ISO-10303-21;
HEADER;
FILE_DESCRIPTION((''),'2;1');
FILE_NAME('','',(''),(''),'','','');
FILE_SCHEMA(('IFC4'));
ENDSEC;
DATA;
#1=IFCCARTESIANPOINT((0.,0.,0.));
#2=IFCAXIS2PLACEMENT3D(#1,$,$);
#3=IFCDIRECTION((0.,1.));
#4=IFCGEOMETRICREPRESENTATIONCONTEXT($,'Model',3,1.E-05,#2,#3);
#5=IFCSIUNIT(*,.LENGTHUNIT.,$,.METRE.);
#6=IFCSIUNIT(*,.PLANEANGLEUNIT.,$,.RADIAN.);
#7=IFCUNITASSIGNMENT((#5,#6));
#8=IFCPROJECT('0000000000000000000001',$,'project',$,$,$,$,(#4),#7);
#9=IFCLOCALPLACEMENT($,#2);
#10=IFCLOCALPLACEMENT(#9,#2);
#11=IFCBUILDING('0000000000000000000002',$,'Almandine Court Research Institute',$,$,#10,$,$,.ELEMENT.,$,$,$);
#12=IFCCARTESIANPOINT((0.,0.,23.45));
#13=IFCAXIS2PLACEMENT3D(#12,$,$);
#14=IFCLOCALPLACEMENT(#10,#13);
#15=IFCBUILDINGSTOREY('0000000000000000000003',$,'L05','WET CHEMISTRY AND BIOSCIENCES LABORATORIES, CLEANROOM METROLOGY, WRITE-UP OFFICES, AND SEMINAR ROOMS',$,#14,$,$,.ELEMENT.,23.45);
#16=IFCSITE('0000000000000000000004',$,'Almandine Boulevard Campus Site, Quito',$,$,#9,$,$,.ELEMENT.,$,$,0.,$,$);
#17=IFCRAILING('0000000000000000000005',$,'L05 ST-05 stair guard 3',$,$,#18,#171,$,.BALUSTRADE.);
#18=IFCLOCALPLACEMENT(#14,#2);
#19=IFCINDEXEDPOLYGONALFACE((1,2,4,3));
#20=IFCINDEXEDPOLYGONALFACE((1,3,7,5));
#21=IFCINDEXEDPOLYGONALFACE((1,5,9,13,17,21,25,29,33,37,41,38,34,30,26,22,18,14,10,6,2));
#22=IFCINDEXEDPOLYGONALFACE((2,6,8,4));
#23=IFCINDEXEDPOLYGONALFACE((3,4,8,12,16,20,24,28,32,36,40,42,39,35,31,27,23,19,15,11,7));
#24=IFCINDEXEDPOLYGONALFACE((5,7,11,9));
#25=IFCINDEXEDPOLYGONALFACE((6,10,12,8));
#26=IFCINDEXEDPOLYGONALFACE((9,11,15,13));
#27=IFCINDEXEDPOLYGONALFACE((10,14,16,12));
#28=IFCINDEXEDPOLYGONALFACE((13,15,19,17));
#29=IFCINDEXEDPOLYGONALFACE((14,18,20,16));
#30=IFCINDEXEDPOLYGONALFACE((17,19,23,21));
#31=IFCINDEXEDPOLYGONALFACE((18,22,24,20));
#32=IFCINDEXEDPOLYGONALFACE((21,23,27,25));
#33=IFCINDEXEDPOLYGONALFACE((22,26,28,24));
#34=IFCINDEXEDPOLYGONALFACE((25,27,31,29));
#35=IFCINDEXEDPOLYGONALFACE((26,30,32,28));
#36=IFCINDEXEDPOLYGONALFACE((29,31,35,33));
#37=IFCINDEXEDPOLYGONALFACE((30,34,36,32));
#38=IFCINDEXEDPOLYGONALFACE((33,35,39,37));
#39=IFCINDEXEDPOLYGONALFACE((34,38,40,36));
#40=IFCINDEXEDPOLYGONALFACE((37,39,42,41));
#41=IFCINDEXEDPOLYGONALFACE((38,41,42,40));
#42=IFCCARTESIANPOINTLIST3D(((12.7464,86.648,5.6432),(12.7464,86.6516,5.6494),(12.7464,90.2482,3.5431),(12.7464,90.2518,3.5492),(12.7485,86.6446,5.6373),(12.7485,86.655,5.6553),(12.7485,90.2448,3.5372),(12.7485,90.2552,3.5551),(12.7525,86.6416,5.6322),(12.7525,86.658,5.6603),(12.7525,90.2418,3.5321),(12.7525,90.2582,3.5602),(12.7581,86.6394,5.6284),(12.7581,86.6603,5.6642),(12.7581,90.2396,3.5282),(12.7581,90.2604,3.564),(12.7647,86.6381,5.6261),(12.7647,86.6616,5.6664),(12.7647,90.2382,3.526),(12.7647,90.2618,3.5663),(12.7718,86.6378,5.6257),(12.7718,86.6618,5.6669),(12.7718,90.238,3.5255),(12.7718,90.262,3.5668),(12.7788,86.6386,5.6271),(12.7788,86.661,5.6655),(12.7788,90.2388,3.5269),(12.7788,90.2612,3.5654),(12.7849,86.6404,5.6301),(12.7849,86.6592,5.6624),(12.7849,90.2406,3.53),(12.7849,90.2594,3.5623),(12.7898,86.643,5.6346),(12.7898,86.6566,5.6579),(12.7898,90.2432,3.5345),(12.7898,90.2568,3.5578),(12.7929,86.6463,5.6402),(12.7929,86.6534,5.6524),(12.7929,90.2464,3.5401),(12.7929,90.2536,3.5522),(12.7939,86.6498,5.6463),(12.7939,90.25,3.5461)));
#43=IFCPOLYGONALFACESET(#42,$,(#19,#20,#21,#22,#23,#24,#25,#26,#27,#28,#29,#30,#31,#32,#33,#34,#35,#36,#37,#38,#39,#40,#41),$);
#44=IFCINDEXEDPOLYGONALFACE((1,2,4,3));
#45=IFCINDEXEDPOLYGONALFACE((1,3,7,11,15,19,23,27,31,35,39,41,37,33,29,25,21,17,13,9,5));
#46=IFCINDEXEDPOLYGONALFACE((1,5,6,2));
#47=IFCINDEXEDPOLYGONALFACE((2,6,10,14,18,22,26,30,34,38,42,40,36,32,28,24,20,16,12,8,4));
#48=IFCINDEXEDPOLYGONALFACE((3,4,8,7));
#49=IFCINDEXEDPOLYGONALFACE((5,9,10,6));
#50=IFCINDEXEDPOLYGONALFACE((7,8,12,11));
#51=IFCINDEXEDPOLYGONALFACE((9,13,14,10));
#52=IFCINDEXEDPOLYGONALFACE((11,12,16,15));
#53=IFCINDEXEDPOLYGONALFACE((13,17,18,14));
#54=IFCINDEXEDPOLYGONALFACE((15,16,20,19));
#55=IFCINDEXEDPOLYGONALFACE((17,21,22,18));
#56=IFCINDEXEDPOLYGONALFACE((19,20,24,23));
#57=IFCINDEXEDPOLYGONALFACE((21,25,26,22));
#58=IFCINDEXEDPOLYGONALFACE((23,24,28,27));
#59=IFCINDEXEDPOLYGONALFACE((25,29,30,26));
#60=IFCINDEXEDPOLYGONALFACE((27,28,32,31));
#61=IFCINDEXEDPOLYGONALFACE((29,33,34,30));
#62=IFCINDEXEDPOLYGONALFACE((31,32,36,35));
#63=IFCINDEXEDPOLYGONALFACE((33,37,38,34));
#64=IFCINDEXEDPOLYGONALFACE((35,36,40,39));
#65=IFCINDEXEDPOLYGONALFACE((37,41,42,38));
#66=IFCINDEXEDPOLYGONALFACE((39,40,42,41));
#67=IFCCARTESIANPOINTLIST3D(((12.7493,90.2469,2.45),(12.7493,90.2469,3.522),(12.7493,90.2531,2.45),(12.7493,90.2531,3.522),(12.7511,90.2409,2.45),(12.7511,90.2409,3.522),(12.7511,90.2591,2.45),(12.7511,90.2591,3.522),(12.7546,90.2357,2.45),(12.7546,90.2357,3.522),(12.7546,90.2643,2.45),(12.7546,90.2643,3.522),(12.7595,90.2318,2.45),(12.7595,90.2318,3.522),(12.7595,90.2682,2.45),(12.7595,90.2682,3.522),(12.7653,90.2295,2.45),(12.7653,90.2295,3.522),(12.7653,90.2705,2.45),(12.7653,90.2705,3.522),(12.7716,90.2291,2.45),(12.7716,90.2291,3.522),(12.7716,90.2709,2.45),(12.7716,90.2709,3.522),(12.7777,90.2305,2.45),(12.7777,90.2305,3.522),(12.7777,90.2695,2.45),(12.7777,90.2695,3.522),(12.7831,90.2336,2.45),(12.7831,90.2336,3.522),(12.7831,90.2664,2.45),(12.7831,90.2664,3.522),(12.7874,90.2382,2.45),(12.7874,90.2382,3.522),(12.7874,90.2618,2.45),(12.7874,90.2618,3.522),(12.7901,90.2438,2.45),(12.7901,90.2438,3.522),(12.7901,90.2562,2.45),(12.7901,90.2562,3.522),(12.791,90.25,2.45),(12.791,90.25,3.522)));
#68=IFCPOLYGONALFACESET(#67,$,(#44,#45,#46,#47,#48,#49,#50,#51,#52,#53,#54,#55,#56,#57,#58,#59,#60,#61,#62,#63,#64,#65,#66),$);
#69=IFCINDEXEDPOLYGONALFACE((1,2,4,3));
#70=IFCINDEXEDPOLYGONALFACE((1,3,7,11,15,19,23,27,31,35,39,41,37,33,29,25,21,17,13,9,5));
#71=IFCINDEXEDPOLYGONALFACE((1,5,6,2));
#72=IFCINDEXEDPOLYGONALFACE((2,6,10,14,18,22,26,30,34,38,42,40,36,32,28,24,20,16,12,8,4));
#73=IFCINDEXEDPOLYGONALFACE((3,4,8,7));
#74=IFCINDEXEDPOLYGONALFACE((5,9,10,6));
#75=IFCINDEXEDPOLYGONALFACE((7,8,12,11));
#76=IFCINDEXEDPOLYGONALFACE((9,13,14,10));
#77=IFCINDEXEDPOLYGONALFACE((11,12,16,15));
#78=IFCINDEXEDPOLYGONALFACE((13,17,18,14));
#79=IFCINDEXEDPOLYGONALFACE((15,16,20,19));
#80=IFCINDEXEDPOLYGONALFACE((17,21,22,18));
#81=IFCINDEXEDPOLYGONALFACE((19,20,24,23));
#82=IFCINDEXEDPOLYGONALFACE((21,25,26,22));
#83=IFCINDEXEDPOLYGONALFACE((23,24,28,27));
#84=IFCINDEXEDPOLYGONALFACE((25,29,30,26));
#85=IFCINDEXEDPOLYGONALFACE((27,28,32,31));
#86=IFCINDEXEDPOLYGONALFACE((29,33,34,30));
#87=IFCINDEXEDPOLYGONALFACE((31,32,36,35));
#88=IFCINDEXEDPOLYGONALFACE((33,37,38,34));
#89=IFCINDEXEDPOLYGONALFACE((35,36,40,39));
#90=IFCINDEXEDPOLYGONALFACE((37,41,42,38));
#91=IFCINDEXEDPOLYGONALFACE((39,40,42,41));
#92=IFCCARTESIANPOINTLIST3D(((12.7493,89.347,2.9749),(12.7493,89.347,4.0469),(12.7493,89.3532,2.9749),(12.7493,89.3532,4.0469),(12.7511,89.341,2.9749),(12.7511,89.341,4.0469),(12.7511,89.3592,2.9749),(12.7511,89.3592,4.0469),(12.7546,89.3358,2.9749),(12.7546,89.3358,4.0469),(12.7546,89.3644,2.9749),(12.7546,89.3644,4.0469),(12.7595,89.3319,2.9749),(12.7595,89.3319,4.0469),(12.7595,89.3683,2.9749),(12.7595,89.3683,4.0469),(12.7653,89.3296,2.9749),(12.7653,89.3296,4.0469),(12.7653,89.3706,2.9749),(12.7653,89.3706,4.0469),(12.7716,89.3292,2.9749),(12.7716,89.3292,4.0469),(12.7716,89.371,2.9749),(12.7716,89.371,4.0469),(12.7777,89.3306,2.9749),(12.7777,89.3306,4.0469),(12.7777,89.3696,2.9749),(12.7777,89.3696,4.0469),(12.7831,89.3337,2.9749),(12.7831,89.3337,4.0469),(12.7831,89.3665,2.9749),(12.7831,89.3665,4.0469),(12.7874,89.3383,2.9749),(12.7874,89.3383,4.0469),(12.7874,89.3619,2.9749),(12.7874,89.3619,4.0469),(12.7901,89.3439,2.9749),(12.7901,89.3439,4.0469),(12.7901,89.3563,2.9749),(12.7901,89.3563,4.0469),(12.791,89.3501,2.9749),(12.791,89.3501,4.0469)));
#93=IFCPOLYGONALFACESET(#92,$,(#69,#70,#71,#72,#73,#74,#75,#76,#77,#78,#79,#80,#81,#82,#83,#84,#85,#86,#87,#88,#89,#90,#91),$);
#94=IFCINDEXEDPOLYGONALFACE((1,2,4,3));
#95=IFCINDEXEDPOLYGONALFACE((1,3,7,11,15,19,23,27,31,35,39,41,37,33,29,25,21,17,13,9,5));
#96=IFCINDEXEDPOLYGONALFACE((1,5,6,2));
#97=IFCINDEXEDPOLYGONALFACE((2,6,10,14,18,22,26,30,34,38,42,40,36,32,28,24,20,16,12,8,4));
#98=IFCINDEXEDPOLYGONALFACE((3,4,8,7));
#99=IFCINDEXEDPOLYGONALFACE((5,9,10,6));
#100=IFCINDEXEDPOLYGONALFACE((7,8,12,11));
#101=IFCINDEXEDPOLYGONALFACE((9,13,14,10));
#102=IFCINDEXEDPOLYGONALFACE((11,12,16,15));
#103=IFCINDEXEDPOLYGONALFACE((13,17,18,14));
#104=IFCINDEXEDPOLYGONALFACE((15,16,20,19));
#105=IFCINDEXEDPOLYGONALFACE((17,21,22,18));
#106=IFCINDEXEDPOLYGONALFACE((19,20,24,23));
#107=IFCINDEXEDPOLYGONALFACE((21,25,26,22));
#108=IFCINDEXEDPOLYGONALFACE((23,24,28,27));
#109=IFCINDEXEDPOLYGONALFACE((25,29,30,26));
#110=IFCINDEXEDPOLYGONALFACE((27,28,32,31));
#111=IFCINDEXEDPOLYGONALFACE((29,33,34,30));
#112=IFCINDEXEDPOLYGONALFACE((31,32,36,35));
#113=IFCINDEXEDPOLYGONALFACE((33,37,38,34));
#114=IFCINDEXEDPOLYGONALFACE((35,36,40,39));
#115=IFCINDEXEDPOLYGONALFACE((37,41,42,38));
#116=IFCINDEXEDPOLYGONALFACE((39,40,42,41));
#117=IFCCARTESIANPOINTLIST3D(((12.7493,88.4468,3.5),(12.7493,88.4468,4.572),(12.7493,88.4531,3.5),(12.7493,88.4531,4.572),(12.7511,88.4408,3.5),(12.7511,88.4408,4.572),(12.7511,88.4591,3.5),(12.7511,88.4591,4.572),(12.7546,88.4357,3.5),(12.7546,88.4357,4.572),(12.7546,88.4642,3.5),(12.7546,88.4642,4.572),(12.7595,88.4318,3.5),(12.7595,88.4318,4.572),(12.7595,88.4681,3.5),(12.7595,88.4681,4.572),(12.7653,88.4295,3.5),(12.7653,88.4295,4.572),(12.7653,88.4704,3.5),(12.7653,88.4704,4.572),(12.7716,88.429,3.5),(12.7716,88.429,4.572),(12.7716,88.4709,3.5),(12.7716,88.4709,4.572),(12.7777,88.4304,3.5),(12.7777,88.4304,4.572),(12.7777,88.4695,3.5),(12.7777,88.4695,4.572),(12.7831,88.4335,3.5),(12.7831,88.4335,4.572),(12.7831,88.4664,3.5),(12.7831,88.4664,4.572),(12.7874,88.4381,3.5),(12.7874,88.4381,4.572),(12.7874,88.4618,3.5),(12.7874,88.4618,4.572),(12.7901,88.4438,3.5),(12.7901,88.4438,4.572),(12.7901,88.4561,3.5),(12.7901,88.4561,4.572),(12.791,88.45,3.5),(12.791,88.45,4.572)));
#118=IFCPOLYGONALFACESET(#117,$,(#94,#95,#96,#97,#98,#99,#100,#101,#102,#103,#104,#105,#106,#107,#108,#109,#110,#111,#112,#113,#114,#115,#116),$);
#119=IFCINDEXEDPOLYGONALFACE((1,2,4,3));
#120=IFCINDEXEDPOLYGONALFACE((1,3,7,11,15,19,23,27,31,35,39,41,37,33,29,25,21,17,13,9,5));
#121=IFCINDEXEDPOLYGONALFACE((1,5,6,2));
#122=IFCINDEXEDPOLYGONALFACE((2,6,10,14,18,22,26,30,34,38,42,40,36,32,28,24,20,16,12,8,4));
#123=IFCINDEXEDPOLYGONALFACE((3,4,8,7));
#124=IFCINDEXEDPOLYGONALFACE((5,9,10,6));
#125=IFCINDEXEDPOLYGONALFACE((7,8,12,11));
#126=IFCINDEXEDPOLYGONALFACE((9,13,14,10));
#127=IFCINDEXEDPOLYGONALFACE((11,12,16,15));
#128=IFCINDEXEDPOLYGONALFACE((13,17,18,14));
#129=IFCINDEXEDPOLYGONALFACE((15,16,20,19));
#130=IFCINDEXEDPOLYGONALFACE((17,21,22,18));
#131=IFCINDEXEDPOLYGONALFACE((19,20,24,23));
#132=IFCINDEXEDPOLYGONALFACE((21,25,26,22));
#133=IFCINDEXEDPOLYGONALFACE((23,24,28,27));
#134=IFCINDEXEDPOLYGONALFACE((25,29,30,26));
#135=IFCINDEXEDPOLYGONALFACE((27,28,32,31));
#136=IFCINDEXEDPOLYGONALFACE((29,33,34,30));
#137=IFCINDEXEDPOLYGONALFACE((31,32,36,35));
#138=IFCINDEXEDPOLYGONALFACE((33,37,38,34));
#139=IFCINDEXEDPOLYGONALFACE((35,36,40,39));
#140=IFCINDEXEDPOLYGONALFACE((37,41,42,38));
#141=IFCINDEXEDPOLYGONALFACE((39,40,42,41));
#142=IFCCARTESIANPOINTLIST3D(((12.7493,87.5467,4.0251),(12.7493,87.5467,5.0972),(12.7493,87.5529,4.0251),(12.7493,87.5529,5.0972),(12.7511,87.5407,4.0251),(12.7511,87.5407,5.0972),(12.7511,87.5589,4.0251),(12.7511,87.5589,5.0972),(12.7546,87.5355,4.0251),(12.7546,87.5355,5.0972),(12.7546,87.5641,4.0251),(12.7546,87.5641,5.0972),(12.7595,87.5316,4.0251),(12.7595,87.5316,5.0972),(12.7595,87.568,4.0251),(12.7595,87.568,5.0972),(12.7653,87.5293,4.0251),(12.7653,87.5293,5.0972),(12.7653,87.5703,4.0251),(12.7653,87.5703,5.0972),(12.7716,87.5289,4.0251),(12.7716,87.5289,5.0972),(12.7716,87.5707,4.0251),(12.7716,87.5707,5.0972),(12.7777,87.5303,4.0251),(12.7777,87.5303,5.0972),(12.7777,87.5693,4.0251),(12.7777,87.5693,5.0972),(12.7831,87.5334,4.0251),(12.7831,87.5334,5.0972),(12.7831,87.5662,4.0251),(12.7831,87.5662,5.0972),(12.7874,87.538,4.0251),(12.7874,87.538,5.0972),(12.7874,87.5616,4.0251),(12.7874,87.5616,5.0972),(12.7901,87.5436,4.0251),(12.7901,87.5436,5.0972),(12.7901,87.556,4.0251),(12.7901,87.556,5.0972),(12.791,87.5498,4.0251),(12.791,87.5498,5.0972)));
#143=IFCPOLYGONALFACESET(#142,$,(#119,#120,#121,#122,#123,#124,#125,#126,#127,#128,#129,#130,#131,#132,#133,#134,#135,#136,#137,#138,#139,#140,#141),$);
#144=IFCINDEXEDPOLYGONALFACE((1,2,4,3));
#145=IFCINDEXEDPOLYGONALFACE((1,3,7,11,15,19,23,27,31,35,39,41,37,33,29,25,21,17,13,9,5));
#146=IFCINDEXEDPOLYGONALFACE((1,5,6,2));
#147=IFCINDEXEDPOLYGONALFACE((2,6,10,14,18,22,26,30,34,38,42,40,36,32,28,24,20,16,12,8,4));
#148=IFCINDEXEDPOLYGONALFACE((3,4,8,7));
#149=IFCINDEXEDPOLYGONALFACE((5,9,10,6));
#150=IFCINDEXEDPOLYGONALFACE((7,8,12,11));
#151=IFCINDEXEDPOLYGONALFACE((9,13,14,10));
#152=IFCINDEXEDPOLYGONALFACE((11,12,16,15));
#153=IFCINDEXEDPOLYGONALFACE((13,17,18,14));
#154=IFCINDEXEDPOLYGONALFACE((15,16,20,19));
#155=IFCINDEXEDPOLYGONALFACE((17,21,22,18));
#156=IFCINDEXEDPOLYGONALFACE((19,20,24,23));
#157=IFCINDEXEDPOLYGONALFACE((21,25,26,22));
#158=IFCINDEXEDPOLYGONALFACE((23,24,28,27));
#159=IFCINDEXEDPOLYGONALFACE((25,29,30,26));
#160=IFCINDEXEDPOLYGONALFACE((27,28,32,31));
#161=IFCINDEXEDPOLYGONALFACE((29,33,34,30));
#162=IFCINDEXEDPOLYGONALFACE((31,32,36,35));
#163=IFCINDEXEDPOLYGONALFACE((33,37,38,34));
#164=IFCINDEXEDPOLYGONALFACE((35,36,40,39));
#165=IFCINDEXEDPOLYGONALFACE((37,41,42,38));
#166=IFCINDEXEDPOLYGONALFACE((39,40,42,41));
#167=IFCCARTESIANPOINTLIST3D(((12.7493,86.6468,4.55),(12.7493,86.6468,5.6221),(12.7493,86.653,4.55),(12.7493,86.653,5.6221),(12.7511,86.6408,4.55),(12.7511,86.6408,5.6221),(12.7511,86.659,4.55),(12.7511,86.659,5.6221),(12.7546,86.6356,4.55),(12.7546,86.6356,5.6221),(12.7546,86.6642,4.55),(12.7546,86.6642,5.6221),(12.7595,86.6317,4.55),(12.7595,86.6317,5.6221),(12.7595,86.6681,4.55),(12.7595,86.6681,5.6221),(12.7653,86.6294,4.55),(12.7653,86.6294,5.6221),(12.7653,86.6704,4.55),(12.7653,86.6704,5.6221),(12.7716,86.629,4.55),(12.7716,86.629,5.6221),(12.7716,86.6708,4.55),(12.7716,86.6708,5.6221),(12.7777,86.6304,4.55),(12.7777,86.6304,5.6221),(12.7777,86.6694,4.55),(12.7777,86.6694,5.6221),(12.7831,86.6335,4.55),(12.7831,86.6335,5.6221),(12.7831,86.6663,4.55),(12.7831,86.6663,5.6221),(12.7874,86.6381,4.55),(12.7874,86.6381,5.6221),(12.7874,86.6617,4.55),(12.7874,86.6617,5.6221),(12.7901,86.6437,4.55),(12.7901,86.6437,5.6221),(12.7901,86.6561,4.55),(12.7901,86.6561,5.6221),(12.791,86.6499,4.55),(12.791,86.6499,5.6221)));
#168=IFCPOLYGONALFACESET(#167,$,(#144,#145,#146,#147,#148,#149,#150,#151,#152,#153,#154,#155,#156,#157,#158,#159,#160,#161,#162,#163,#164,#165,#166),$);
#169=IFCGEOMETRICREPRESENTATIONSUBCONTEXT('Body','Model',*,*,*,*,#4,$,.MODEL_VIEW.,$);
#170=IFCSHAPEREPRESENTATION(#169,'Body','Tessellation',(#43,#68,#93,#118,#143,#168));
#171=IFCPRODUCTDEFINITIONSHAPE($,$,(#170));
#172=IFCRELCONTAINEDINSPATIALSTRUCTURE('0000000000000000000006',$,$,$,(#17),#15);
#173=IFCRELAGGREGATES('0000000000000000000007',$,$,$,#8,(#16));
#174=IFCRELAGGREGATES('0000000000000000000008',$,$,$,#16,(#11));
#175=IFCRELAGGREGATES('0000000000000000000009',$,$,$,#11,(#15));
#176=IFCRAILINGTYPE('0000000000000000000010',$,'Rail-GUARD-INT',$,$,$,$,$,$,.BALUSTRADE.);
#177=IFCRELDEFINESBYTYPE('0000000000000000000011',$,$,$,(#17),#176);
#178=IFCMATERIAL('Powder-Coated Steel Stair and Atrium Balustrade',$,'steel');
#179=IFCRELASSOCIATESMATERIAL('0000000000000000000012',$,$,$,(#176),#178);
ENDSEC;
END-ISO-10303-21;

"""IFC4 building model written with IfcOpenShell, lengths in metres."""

from ifc_helpers import new_model, si_unit, direction, frame, origin, origin_2d, place, context, subcontext, project, spatial, circle, extrude, material, type_object, element, save


model = new_model("IFC4")

# Units and contexts
model_context = context("Model", 3, precision=1e-05, world=origin(), true_north=direction((0.0, 1.0)))
body_context = subcontext(model_context, "Body", "Model", "MODEL_VIEW")
ifc_project = project(units=[si_unit("LENGTHUNIT", "METRE"), si_unit("PLANEANGLEUNIT", "RADIAN")], contexts=[model_context])

# Site, building, storey
site_placement = place(None, origin())
site = spatial("IfcSite", under=ifc_project, at=site_placement, Name="Almandine Boulevard Campus Site, Quito", CompositionType="ELEMENT", RefElevation=0.0)
building_placement = place(site_placement, origin())
building = spatial("IfcBuilding", under=site, at=building_placement, Name="Almandine Court Research Institute", CompositionType="ELEMENT")
storey_placement = place(building_placement, frame((0.0, 0.0, 23.45)))
storey = spatial("IfcBuildingStorey", under=building, at=storey_placement, Name="L05", Description="WET CHEMISTRY AND BIOSCIENCES LABORATORIES, CLEANROOM METROLOGY, WRITE-UP OFFICES, AND SEMINAR ROOMS", CompositionType="ELEMENT", Elevation=23.45)

# Railing
ifc_material_1 = material(Name="Powder-Coated Steel Stair and Atrium Balustrade", Category="steel")
railing_type_1 = type_object("IfcRailingType", Name="Rail-GUARD-INT", PredefinedType="BALUSTRADE", material=ifc_material_1)
railing_1_placement = place(storey_placement, frame((12.77, 90.25, 2.45)))
element("IfcRailing", 1, at=railing_1_placement, inside=storey, type_object=railing_type_1, Name="L05 ST-05 stair guard 3", PredefinedType="BALUSTRADE", context=body_context, shape_type="SweptSolid", body=[
    extrude(circle(Radius=0.0239, at=origin_2d()), frame((0.0, 0.0, 1.0962), z_axis=(0.0, -0.863775, 0.503878), x_axis=(1.0, 0.0, 0.0)), (0.0, 0.0, 1.0), 4.168),
    extrude(circle(Radius=0.021, at=origin_2d()), origin(), (0.0, 0.0, 1.0), 1.072),
    extrude(circle(Radius=0.021, at=origin_2d()), frame((0.0, -0.8999, 0.5249)), (0.0, 0.0, 1.0), 1.072),
    extrude(circle(Radius=0.021, at=origin_2d()), frame((0.0, -1.8, 1.05)), (0.0, 0.0, 1.0), 1.072),
    extrude(circle(Radius=0.021, at=origin_2d()), frame((0.0, -2.7002, 1.5752)), (0.0, 0.0, 1.0), 1.072),
    extrude(circle(Radius=0.021, at=origin_2d()), frame((0.0, -3.6001, 2.1001)), (0.0, 0.0, 1.0), 1.072),
])

save(model, "model.ifc")
